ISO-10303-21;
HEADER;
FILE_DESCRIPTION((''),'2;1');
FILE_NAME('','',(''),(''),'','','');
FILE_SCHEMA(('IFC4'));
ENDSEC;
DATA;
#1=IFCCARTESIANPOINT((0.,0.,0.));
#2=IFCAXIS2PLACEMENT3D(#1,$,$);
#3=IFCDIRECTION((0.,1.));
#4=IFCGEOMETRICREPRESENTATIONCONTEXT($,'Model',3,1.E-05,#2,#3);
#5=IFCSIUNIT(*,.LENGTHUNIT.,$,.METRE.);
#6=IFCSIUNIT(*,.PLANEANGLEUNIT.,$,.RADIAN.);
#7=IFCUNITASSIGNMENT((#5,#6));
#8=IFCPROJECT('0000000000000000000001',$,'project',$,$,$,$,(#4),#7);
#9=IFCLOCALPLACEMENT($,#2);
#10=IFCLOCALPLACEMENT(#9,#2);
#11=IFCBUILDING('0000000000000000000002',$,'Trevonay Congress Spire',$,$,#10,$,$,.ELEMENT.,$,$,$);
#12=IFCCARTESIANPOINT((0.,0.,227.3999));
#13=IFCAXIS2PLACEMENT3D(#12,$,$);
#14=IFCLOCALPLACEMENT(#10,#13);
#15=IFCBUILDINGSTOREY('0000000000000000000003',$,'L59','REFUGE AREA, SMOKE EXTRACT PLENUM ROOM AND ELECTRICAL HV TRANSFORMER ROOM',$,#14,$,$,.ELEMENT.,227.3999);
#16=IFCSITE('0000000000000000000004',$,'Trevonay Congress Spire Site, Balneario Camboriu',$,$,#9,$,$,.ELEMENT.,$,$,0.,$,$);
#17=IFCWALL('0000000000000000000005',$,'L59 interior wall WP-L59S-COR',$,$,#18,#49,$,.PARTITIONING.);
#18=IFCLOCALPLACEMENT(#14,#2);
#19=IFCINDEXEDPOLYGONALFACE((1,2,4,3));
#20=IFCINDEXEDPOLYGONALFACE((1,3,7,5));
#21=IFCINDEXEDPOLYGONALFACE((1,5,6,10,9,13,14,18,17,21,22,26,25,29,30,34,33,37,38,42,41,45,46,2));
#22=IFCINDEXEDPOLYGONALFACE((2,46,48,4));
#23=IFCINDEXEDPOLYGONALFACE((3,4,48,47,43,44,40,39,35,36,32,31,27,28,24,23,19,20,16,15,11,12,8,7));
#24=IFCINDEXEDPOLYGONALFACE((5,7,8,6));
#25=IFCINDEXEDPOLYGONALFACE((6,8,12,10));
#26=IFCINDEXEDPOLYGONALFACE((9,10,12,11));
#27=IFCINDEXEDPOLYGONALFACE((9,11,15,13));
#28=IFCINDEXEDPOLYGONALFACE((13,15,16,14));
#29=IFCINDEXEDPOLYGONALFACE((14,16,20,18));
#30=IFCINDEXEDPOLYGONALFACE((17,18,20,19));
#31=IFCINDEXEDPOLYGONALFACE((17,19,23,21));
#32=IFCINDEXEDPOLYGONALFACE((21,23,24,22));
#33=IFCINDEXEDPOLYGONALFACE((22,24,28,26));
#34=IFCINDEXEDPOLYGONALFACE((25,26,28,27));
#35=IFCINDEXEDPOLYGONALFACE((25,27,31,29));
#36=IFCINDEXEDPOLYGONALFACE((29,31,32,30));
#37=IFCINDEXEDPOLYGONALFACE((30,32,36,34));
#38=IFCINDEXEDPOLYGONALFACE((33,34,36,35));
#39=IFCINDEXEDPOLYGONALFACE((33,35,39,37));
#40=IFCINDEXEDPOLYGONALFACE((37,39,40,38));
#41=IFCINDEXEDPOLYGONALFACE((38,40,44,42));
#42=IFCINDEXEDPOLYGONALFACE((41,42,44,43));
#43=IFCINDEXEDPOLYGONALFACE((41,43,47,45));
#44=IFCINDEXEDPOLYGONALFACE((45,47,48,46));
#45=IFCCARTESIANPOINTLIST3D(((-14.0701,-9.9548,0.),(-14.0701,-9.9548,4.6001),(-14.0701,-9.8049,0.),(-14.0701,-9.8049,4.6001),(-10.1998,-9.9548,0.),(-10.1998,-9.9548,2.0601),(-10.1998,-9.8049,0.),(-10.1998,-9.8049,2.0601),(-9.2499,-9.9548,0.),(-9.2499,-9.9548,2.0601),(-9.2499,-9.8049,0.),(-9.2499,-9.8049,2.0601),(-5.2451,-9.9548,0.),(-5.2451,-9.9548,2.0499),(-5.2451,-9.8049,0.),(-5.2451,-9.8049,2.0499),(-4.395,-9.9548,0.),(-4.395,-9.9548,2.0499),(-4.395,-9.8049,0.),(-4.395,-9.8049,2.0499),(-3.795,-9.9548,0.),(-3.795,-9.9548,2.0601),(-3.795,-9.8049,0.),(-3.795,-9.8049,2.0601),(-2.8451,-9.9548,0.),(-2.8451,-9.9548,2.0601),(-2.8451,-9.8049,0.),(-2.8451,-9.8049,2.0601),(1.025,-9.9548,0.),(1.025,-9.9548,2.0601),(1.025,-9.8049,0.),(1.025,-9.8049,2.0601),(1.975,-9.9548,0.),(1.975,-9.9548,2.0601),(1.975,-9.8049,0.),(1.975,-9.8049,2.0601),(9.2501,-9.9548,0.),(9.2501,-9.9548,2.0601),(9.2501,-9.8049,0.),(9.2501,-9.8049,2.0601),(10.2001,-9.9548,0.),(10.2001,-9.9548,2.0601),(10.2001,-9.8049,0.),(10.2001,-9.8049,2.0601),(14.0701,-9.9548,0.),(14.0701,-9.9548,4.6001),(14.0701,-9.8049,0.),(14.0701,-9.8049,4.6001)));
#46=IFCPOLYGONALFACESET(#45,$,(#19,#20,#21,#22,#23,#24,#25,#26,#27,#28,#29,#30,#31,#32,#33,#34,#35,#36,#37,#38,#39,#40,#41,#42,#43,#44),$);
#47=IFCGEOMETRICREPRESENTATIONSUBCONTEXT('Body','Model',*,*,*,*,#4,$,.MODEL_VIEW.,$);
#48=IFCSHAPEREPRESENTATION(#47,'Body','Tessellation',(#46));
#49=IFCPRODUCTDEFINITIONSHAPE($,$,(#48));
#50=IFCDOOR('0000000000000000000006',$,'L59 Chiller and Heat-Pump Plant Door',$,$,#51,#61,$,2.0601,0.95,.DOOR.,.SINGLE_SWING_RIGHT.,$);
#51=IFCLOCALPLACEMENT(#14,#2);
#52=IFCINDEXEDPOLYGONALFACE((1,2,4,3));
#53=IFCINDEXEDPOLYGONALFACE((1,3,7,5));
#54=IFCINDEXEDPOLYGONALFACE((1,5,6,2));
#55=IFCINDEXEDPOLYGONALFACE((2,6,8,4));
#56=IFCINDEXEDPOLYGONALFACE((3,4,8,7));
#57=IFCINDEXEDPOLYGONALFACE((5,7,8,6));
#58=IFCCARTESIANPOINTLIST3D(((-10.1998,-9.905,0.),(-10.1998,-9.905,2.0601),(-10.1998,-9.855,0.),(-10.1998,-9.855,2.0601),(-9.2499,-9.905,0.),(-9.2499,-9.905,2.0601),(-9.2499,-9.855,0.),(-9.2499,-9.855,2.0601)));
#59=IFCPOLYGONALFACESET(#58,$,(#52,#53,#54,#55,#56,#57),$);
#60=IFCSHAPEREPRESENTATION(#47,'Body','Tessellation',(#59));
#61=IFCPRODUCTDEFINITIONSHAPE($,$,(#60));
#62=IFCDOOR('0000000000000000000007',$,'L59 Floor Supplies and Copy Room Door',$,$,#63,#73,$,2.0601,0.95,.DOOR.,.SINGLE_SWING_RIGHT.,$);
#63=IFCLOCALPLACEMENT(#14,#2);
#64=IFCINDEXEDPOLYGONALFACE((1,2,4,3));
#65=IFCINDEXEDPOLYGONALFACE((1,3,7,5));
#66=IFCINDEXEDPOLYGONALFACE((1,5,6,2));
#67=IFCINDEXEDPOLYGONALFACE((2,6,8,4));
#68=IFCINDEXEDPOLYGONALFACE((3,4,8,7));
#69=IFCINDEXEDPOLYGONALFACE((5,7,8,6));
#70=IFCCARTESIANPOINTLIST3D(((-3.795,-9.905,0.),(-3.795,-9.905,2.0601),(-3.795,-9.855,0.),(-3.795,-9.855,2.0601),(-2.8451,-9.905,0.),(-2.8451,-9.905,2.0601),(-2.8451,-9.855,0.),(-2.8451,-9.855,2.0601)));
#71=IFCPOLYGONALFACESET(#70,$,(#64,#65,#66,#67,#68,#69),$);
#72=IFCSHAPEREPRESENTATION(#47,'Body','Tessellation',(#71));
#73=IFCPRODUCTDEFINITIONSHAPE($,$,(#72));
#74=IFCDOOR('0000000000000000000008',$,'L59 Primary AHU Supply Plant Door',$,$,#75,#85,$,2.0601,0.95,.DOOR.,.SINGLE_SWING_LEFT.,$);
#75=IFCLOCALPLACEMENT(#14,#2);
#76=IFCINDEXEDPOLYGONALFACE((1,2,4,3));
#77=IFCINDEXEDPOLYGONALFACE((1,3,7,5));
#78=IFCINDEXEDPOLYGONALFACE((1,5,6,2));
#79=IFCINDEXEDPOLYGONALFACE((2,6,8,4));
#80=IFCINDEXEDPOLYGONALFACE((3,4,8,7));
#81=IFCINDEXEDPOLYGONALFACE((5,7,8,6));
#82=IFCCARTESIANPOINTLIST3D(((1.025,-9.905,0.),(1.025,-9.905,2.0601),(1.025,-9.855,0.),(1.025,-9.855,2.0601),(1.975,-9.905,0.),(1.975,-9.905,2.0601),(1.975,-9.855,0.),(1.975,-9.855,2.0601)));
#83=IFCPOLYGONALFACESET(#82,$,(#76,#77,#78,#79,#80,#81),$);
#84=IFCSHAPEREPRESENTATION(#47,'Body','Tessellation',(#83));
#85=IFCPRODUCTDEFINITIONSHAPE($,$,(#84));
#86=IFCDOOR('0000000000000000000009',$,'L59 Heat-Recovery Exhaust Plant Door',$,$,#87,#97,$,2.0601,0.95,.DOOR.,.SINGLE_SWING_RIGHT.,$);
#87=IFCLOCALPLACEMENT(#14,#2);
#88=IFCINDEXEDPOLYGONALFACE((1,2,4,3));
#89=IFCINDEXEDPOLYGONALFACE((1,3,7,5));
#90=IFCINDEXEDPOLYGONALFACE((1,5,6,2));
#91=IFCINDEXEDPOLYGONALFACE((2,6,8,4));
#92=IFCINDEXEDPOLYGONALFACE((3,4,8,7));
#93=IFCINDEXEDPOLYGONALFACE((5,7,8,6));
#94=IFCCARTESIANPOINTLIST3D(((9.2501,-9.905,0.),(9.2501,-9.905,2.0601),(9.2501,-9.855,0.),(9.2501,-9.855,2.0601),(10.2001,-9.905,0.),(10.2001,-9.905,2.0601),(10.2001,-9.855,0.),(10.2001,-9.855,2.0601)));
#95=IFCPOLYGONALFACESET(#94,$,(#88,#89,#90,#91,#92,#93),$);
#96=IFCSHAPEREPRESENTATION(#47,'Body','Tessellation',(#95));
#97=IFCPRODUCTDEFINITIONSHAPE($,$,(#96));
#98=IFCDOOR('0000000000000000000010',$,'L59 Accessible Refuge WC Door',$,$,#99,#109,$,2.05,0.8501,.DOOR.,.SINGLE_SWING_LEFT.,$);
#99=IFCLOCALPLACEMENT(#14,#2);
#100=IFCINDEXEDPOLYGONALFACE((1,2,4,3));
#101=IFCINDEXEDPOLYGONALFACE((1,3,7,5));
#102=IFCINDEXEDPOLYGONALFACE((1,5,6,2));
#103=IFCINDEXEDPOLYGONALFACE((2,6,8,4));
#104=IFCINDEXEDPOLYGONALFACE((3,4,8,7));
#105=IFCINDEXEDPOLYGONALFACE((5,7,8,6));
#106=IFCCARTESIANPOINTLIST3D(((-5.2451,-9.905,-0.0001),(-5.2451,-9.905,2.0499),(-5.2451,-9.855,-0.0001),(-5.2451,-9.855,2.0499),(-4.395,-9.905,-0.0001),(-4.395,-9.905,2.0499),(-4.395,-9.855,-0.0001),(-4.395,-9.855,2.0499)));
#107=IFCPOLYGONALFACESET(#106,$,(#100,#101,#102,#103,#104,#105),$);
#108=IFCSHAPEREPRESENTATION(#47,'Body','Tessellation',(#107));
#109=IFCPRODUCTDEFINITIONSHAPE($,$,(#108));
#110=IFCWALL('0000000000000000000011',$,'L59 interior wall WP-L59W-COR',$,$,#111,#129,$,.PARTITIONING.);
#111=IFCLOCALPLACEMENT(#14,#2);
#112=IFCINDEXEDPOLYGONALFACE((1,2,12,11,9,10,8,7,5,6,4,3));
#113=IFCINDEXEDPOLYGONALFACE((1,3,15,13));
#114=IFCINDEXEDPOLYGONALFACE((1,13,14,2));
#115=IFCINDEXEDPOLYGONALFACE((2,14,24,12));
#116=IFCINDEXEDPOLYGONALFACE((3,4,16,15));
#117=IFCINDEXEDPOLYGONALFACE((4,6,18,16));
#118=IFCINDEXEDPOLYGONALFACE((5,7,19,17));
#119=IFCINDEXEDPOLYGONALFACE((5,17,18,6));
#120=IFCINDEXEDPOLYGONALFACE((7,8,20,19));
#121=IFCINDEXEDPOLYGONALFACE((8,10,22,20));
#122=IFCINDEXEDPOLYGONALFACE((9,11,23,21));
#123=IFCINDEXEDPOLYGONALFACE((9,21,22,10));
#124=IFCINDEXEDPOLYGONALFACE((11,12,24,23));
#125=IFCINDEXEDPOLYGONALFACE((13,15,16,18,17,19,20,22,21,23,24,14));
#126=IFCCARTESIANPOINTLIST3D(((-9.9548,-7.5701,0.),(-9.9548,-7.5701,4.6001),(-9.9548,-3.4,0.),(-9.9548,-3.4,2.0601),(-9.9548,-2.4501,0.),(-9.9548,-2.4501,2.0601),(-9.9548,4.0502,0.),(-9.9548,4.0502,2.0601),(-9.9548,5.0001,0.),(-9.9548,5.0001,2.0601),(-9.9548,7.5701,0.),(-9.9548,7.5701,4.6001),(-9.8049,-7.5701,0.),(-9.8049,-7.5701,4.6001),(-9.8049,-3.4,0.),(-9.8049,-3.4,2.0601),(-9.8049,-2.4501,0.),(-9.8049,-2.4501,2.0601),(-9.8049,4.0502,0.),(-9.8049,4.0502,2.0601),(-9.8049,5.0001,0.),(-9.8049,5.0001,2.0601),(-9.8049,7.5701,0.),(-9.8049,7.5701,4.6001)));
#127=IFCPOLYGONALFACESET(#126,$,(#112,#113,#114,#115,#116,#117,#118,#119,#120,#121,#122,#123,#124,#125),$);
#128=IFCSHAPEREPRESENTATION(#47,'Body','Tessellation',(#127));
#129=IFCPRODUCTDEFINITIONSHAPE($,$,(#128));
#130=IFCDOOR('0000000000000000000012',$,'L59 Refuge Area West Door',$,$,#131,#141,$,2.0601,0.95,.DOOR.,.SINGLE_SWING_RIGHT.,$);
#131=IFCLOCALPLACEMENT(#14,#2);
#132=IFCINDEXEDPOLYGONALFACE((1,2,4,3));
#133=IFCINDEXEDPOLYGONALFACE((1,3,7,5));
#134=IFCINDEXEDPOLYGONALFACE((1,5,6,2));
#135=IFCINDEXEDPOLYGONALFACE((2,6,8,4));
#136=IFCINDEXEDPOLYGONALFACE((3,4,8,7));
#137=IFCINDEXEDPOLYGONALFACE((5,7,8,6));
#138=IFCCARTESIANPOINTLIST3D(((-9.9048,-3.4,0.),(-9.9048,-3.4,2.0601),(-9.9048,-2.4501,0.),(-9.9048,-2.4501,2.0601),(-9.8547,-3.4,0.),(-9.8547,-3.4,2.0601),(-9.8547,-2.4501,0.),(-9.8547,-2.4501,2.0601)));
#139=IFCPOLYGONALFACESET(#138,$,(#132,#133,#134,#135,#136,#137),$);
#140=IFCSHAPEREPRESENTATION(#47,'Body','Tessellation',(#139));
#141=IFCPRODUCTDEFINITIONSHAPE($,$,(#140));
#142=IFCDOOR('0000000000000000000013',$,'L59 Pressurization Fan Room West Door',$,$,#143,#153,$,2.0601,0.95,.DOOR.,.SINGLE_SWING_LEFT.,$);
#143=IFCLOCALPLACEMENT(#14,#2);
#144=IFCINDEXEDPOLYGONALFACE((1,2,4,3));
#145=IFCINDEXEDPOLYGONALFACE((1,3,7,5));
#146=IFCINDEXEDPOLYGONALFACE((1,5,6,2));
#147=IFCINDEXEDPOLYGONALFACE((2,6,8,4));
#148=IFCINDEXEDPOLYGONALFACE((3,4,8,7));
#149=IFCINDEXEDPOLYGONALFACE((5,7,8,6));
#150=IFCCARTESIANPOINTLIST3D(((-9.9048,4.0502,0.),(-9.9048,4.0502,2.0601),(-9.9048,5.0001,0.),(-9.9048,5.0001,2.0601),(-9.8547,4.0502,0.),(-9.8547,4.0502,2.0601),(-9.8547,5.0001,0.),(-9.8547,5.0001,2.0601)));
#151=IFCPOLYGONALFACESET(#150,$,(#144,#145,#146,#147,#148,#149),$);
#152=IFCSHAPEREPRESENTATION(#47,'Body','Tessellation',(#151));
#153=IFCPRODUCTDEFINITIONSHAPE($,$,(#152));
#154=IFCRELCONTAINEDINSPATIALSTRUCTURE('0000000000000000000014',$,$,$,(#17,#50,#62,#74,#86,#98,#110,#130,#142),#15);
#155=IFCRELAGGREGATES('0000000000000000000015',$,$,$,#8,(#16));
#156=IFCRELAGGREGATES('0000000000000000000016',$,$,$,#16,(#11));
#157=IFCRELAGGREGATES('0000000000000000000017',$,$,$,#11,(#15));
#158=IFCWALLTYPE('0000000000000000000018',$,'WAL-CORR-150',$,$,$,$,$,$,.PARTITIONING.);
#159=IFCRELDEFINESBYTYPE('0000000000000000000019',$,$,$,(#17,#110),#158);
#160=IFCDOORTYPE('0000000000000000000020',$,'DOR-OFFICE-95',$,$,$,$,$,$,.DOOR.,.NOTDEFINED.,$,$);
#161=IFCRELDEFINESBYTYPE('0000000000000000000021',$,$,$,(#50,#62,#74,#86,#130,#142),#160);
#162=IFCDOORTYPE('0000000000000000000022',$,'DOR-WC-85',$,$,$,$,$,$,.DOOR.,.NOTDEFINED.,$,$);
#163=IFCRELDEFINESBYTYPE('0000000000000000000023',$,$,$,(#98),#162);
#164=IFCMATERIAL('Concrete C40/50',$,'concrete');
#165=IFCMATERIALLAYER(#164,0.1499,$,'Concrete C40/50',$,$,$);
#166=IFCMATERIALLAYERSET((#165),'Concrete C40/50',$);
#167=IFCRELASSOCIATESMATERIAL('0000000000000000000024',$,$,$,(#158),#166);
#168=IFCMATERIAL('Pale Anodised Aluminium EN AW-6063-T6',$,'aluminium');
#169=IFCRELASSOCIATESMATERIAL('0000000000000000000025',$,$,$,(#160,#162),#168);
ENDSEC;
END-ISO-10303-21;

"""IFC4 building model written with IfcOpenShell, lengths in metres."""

from ifc_helpers import new_model, si_unit, direction, frame, frame_2d, origin, place, context, subcontext, project, spatial, rectangle, extrude, material, layer, layer_set, type_object, element, fill, save


model = new_model("IFC4")

# Units and contexts
model_context = context("Model", 3, precision=1e-05, world=origin(), true_north=direction((0.0, 1.0)))
body_context = subcontext(model_context, "Body", "Model", "MODEL_VIEW")
ifc_project = project(units=[si_unit("LENGTHUNIT", "METRE"), si_unit("PLANEANGLEUNIT", "RADIAN")], contexts=[model_context])

# Site, building, storey
site_placement = place(None, origin())
site = spatial("IfcSite", under=ifc_project, at=site_placement, Name="Trevonay Congress Spire Site, Balneario Camboriu", CompositionType="ELEMENT", RefElevation=0.0)
building_placement = place(site_placement, origin())
building = spatial("IfcBuilding", under=site, at=building_placement, Name="Trevonay Congress Spire", CompositionType="ELEMENT")
storey_placement = place(building_placement, frame((0.0, 0.0, 227.3999)))
storey = spatial("IfcBuildingStorey", under=building, at=storey_placement, Name="L59", Description="REFUGE AREA, SMOKE EXTRACT PLENUM ROOM AND ELECTRICAL HV TRANSFORMER ROOM", CompositionType="ELEMENT", Elevation=227.3999)

# Walls, openings, doors
ifc_material_1 = material(Name="Concrete C40/50", Category="concrete")
ifc_layer_1 = layer(ifc_material_1, 0.1499, Name="Concrete C40/50")
ifc_layer_set_1 = layer_set([ifc_layer_1], Name="Concrete C40/50")
wall_type_1 = type_object("IfcWallType", Name="WAL-CORR-150", PredefinedType="PARTITIONING", material=ifc_layer_set_1)
wall_1_placement = place(storey_placement, frame((-14.0701, -9.8799, 0.0), z_axis=(0.0, 0.0, 1.0), x_axis=(1.0, 0.0, 0.0)))
wall_1 = element("IfcWall", 1, at=wall_1_placement, inside=storey, type_object=wall_type_1, Name="L59 interior wall WP-L59S-COR", PredefinedType="PARTITIONING", context=body_context, shape_type="SweptSolid", body=[
    extrude(rectangle(XDim=28.1401, YDim=0.1499, at=frame_2d((14.0701, 0.0))), origin(), (0.0, 0.0, 1.0), 4.6001),
])
opening_1_placement = place(wall_1_placement, frame((3.8701, 0.0, 0.0)))
opening_1 = element("IfcOpeningElement", 2, at=opening_1_placement, cuts=wall_1, PredefinedType="OPENING", context=body_context, shape_type="SweptSolid", body=[
    extrude(rectangle(XDim=0.95, YDim=2.0601, at=frame_2d((0.4751, 1.03))), frame((0.0, 0.085, 0.0), z_axis=(0.0, -1.0, 0.0), x_axis=(1.0, 0.0, 0.0)), (0.0, 0.0, 1.0), 0.1699),
])
opening_2_placement = place(wall_1_placement, frame((8.825, 0.0, 0.0)))
opening_2 = element("IfcOpeningElement", 3, at=opening_2_placement, cuts=wall_1, PredefinedType="OPENING", context=body_context, shape_type="SweptSolid", body=[
    extrude(rectangle(XDim=0.8501, YDim=2.05, at=frame_2d((0.425, 1.0249))), frame((0.0, 0.085, 0.0), z_axis=(0.0, -1.0, 0.0), x_axis=(1.0, 0.0, 0.0)), (0.0, 0.0, 1.0), 0.1699),
])
opening_3_placement = place(wall_1_placement, frame((10.2749, 0.0, 0.0)))
opening_3 = element("IfcOpeningElement", 4, at=opening_3_placement, cuts=wall_1, PredefinedType="OPENING", context=body_context, shape_type="SweptSolid", body=[
    extrude(rectangle(XDim=0.95, YDim=2.0601, at=frame_2d((0.4751, 1.03))), frame((0.0, 0.085, 0.0), z_axis=(0.0, -1.0, 0.0), x_axis=(1.0, 0.0, 0.0)), (0.0, 0.0, 1.0), 0.1699),
])
opening_4_placement = place(wall_1_placement, frame((15.095, 0.0, 0.0)))
opening_4 = element("IfcOpeningElement", 5, at=opening_4_placement, cuts=wall_1, PredefinedType="OPENING", context=body_context, shape_type="SweptSolid", body=[
    extrude(rectangle(XDim=0.95, YDim=2.0601, at=frame_2d((0.4751, 1.03))), frame((0.0, 0.085, 0.0), z_axis=(0.0, -1.0, 0.0), x_axis=(1.0, 0.0, 0.0)), (0.0, 0.0, 1.0), 0.1699),
])
opening_5_placement = place(wall_1_placement, frame((23.3201, 0.0, 0.0)))
opening_5 = element("IfcOpeningElement", 6, at=opening_5_placement, cuts=wall_1, PredefinedType="OPENING", context=body_context, shape_type="SweptSolid", body=[
    extrude(rectangle(XDim=0.95, YDim=2.0601, at=frame_2d((0.4751, 1.03))), frame((0.0, 0.085, 0.0), z_axis=(0.0, -1.0, 0.0), x_axis=(1.0, 0.0, 0.0)), (0.0, 0.0, 1.0), 0.1699),
])
ifc_material_2 = material(Name="Pale Anodised Aluminium EN AW-6063-T6", Category="aluminium")
door_type_1 = type_object("IfcDoorType", Name="DOR-OFFICE-95", OperationType="NOTDEFINED", PredefinedType="DOOR", material=ifc_material_2)
door_1_placement = place(opening_1_placement, origin())
door_1 = element("IfcDoor", 7, at=door_1_placement, inside=storey, type_object=door_type_1, Name="L59 Chiller and Heat-Pump Plant Door", OperationType="SINGLE_SWING_RIGHT", OverallHeight=2.0601, OverallWidth=0.95, PredefinedType="DOOR", context=body_context, shape_type="SweptSolid", body=[
    extrude(rectangle(XDim=0.95, YDim=2.0601, at=frame_2d((0.4751, 1.03))), frame((0.0, 0.0249, 0.0), z_axis=(0.0, -1.0, 0.0), x_axis=(1.0, 0.0, 0.0)), (0.0, 0.0, 1.0), 0.05),
])
fill(opening_1, door_1)
door_2_placement = place(opening_3_placement, origin())
door_2 = element("IfcDoor", 8, at=door_2_placement, inside=storey, type_object=door_type_1, Name="L59 Floor Supplies and Copy Room Door", OperationType="SINGLE_SWING_RIGHT", OverallHeight=2.0601, OverallWidth=0.95, PredefinedType="DOOR", context=body_context, shape_type="SweptSolid", body=[
    extrude(rectangle(XDim=0.95, YDim=2.0601, at=frame_2d((0.4751, 1.03))), frame((0.0, 0.0249, 0.0), z_axis=(0.0, -1.0, 0.0), x_axis=(1.0, 0.0, 0.0)), (0.0, 0.0, 1.0), 0.05),
])
fill(opening_3, door_2)
door_3_placement = place(opening_4_placement, origin())
door_3 = element("IfcDoor", 9, at=door_3_placement, inside=storey, type_object=door_type_1, Name="L59 Primary AHU Supply Plant Door", OperationType="SINGLE_SWING_LEFT", OverallHeight=2.0601, OverallWidth=0.95, PredefinedType="DOOR", context=body_context, shape_type="SweptSolid", body=[
    extrude(rectangle(XDim=0.95, YDim=2.0601, at=frame_2d((0.4751, 1.03))), frame((0.0, 0.0249, 0.0), z_axis=(0.0, -1.0, 0.0), x_axis=(1.0, 0.0, 0.0)), (0.0, 0.0, 1.0), 0.05),
])
fill(opening_4, door_3)
door_4_placement = place(opening_5_placement, origin())
door_4 = element("IfcDoor", 10, at=door_4_placement, inside=storey, type_object=door_type_1, Name="L59 Heat-Recovery Exhaust Plant Door", OperationType="SINGLE_SWING_RIGHT", OverallHeight=2.0601, OverallWidth=0.95, PredefinedType="DOOR", context=body_context, shape_type="SweptSolid", body=[
    extrude(rectangle(XDim=0.95, YDim=2.0601, at=frame_2d((0.4751, 1.03))), frame((0.0, 0.0249, 0.0), z_axis=(0.0, -1.0, 0.0), x_axis=(1.0, 0.0, 0.0)), (0.0, 0.0, 1.0), 0.05),
])
fill(opening_5, door_4)
door_type_2 = type_object("IfcDoorType", Name="DOR-WC-85", OperationType="NOTDEFINED", PredefinedType="DOOR", material=ifc_material_2)
door_5_placement = place(opening_2_placement, origin())
door_5 = element("IfcDoor", 11, at=door_5_placement, inside=storey, type_object=door_type_2, Name="L59 Accessible Refuge WC Door", OperationType="SINGLE_SWING_LEFT", OverallHeight=2.05, OverallWidth=0.8501, PredefinedType="DOOR", context=body_context, shape_type="SweptSolid", body=[
    extrude(rectangle(XDim=0.8501, YDim=2.05, at=frame_2d((0.425, 1.0249))), frame((0.0, 0.0249, 0.0), z_axis=(0.0, -1.0, 0.0), x_axis=(1.0, 0.0, 0.0)), (0.0, 0.0, 1.0), 0.05),
])
fill(opening_2, door_5)
wall_2_placement = place(storey_placement, frame((-9.8799, -7.5701, 0.0), z_axis=(0.0, 0.0, 1.0), x_axis=(0.0, 1.0, 0.0)))
wall_2 = element("IfcWall", 12, at=wall_2_placement, inside=storey, type_object=wall_type_1, Name="L59 interior wall WP-L59W-COR", PredefinedType="PARTITIONING", context=body_context, shape_type="SweptSolid", body=[
    extrude(rectangle(XDim=15.1401, YDim=0.1499, at=frame_2d((7.5701, 0.0))), origin(), (0.0, 0.0, 1.0), 4.6001),
])
opening_6_placement = place(wall_2_placement, frame((4.1699, 0.0, 0.0)))
opening_6 = element("IfcOpeningElement", 13, at=opening_6_placement, cuts=wall_2, PredefinedType="OPENING", context=body_context, shape_type="SweptSolid", body=[
    extrude(rectangle(XDim=0.95, YDim=2.0601, at=frame_2d((0.4751, 1.03))), frame((0.0, 0.085, 0.0), z_axis=(0.0, -1.0, 0.0), x_axis=(1.0, 0.0, 0.0)), (0.0, 0.0, 1.0), 0.1699),
])
opening_7_placement = place(wall_2_placement, frame((11.6201, 0.0, 0.0)))
opening_7 = element("IfcOpeningElement", 14, at=opening_7_placement, cuts=wall_2, PredefinedType="OPENING", context=body_context, shape_type="SweptSolid", body=[
    extrude(rectangle(XDim=0.95, YDim=2.0601, at=frame_2d((0.4751, 1.03))), frame((0.0, 0.085, 0.0), z_axis=(0.0, -1.0, 0.0), x_axis=(1.0, 0.0, 0.0)), (0.0, 0.0, 1.0), 0.1699),
])
door_6_placement = place(opening_6_placement, origin())
door_6 = element("IfcDoor", 15, at=door_6_placement, inside=storey, type_object=door_type_1, Name="L59 Refuge Area West Door", OperationType="SINGLE_SWING_RIGHT", OverallHeight=2.0601, OverallWidth=0.95, PredefinedType="DOOR", context=body_context, shape_type="SweptSolid", body=[
    extrude(rectangle(XDim=0.95, YDim=2.0601, at=frame_2d((0.4751, 1.03))), frame((0.0, 0.0249, 0.0), z_axis=(0.0, -1.0, 0.0), x_axis=(1.0, 0.0, 0.0)), (0.0, 0.0, 1.0), 0.05),
])
fill(opening_6, door_6)
door_7_placement = place(opening_7_placement, origin())
door_7 = element("IfcDoor", 16, at=door_7_placement, inside=storey, type_object=door_type_1, Name="L59 Pressurization Fan Room West Door", OperationType="SINGLE_SWING_LEFT", OverallHeight=2.0601, OverallWidth=0.95, PredefinedType="DOOR", context=body_context, shape_type="SweptSolid", body=[
    extrude(rectangle(XDim=0.95, YDim=2.0601, at=frame_2d((0.4751, 1.03))), frame((0.0, 0.0249, 0.0), z_axis=(0.0, -1.0, 0.0), x_axis=(1.0, 0.0, 0.0)), (0.0, 0.0, 1.0), 0.05),
])
fill(opening_7, door_7)

save(model, "model.ifc")
